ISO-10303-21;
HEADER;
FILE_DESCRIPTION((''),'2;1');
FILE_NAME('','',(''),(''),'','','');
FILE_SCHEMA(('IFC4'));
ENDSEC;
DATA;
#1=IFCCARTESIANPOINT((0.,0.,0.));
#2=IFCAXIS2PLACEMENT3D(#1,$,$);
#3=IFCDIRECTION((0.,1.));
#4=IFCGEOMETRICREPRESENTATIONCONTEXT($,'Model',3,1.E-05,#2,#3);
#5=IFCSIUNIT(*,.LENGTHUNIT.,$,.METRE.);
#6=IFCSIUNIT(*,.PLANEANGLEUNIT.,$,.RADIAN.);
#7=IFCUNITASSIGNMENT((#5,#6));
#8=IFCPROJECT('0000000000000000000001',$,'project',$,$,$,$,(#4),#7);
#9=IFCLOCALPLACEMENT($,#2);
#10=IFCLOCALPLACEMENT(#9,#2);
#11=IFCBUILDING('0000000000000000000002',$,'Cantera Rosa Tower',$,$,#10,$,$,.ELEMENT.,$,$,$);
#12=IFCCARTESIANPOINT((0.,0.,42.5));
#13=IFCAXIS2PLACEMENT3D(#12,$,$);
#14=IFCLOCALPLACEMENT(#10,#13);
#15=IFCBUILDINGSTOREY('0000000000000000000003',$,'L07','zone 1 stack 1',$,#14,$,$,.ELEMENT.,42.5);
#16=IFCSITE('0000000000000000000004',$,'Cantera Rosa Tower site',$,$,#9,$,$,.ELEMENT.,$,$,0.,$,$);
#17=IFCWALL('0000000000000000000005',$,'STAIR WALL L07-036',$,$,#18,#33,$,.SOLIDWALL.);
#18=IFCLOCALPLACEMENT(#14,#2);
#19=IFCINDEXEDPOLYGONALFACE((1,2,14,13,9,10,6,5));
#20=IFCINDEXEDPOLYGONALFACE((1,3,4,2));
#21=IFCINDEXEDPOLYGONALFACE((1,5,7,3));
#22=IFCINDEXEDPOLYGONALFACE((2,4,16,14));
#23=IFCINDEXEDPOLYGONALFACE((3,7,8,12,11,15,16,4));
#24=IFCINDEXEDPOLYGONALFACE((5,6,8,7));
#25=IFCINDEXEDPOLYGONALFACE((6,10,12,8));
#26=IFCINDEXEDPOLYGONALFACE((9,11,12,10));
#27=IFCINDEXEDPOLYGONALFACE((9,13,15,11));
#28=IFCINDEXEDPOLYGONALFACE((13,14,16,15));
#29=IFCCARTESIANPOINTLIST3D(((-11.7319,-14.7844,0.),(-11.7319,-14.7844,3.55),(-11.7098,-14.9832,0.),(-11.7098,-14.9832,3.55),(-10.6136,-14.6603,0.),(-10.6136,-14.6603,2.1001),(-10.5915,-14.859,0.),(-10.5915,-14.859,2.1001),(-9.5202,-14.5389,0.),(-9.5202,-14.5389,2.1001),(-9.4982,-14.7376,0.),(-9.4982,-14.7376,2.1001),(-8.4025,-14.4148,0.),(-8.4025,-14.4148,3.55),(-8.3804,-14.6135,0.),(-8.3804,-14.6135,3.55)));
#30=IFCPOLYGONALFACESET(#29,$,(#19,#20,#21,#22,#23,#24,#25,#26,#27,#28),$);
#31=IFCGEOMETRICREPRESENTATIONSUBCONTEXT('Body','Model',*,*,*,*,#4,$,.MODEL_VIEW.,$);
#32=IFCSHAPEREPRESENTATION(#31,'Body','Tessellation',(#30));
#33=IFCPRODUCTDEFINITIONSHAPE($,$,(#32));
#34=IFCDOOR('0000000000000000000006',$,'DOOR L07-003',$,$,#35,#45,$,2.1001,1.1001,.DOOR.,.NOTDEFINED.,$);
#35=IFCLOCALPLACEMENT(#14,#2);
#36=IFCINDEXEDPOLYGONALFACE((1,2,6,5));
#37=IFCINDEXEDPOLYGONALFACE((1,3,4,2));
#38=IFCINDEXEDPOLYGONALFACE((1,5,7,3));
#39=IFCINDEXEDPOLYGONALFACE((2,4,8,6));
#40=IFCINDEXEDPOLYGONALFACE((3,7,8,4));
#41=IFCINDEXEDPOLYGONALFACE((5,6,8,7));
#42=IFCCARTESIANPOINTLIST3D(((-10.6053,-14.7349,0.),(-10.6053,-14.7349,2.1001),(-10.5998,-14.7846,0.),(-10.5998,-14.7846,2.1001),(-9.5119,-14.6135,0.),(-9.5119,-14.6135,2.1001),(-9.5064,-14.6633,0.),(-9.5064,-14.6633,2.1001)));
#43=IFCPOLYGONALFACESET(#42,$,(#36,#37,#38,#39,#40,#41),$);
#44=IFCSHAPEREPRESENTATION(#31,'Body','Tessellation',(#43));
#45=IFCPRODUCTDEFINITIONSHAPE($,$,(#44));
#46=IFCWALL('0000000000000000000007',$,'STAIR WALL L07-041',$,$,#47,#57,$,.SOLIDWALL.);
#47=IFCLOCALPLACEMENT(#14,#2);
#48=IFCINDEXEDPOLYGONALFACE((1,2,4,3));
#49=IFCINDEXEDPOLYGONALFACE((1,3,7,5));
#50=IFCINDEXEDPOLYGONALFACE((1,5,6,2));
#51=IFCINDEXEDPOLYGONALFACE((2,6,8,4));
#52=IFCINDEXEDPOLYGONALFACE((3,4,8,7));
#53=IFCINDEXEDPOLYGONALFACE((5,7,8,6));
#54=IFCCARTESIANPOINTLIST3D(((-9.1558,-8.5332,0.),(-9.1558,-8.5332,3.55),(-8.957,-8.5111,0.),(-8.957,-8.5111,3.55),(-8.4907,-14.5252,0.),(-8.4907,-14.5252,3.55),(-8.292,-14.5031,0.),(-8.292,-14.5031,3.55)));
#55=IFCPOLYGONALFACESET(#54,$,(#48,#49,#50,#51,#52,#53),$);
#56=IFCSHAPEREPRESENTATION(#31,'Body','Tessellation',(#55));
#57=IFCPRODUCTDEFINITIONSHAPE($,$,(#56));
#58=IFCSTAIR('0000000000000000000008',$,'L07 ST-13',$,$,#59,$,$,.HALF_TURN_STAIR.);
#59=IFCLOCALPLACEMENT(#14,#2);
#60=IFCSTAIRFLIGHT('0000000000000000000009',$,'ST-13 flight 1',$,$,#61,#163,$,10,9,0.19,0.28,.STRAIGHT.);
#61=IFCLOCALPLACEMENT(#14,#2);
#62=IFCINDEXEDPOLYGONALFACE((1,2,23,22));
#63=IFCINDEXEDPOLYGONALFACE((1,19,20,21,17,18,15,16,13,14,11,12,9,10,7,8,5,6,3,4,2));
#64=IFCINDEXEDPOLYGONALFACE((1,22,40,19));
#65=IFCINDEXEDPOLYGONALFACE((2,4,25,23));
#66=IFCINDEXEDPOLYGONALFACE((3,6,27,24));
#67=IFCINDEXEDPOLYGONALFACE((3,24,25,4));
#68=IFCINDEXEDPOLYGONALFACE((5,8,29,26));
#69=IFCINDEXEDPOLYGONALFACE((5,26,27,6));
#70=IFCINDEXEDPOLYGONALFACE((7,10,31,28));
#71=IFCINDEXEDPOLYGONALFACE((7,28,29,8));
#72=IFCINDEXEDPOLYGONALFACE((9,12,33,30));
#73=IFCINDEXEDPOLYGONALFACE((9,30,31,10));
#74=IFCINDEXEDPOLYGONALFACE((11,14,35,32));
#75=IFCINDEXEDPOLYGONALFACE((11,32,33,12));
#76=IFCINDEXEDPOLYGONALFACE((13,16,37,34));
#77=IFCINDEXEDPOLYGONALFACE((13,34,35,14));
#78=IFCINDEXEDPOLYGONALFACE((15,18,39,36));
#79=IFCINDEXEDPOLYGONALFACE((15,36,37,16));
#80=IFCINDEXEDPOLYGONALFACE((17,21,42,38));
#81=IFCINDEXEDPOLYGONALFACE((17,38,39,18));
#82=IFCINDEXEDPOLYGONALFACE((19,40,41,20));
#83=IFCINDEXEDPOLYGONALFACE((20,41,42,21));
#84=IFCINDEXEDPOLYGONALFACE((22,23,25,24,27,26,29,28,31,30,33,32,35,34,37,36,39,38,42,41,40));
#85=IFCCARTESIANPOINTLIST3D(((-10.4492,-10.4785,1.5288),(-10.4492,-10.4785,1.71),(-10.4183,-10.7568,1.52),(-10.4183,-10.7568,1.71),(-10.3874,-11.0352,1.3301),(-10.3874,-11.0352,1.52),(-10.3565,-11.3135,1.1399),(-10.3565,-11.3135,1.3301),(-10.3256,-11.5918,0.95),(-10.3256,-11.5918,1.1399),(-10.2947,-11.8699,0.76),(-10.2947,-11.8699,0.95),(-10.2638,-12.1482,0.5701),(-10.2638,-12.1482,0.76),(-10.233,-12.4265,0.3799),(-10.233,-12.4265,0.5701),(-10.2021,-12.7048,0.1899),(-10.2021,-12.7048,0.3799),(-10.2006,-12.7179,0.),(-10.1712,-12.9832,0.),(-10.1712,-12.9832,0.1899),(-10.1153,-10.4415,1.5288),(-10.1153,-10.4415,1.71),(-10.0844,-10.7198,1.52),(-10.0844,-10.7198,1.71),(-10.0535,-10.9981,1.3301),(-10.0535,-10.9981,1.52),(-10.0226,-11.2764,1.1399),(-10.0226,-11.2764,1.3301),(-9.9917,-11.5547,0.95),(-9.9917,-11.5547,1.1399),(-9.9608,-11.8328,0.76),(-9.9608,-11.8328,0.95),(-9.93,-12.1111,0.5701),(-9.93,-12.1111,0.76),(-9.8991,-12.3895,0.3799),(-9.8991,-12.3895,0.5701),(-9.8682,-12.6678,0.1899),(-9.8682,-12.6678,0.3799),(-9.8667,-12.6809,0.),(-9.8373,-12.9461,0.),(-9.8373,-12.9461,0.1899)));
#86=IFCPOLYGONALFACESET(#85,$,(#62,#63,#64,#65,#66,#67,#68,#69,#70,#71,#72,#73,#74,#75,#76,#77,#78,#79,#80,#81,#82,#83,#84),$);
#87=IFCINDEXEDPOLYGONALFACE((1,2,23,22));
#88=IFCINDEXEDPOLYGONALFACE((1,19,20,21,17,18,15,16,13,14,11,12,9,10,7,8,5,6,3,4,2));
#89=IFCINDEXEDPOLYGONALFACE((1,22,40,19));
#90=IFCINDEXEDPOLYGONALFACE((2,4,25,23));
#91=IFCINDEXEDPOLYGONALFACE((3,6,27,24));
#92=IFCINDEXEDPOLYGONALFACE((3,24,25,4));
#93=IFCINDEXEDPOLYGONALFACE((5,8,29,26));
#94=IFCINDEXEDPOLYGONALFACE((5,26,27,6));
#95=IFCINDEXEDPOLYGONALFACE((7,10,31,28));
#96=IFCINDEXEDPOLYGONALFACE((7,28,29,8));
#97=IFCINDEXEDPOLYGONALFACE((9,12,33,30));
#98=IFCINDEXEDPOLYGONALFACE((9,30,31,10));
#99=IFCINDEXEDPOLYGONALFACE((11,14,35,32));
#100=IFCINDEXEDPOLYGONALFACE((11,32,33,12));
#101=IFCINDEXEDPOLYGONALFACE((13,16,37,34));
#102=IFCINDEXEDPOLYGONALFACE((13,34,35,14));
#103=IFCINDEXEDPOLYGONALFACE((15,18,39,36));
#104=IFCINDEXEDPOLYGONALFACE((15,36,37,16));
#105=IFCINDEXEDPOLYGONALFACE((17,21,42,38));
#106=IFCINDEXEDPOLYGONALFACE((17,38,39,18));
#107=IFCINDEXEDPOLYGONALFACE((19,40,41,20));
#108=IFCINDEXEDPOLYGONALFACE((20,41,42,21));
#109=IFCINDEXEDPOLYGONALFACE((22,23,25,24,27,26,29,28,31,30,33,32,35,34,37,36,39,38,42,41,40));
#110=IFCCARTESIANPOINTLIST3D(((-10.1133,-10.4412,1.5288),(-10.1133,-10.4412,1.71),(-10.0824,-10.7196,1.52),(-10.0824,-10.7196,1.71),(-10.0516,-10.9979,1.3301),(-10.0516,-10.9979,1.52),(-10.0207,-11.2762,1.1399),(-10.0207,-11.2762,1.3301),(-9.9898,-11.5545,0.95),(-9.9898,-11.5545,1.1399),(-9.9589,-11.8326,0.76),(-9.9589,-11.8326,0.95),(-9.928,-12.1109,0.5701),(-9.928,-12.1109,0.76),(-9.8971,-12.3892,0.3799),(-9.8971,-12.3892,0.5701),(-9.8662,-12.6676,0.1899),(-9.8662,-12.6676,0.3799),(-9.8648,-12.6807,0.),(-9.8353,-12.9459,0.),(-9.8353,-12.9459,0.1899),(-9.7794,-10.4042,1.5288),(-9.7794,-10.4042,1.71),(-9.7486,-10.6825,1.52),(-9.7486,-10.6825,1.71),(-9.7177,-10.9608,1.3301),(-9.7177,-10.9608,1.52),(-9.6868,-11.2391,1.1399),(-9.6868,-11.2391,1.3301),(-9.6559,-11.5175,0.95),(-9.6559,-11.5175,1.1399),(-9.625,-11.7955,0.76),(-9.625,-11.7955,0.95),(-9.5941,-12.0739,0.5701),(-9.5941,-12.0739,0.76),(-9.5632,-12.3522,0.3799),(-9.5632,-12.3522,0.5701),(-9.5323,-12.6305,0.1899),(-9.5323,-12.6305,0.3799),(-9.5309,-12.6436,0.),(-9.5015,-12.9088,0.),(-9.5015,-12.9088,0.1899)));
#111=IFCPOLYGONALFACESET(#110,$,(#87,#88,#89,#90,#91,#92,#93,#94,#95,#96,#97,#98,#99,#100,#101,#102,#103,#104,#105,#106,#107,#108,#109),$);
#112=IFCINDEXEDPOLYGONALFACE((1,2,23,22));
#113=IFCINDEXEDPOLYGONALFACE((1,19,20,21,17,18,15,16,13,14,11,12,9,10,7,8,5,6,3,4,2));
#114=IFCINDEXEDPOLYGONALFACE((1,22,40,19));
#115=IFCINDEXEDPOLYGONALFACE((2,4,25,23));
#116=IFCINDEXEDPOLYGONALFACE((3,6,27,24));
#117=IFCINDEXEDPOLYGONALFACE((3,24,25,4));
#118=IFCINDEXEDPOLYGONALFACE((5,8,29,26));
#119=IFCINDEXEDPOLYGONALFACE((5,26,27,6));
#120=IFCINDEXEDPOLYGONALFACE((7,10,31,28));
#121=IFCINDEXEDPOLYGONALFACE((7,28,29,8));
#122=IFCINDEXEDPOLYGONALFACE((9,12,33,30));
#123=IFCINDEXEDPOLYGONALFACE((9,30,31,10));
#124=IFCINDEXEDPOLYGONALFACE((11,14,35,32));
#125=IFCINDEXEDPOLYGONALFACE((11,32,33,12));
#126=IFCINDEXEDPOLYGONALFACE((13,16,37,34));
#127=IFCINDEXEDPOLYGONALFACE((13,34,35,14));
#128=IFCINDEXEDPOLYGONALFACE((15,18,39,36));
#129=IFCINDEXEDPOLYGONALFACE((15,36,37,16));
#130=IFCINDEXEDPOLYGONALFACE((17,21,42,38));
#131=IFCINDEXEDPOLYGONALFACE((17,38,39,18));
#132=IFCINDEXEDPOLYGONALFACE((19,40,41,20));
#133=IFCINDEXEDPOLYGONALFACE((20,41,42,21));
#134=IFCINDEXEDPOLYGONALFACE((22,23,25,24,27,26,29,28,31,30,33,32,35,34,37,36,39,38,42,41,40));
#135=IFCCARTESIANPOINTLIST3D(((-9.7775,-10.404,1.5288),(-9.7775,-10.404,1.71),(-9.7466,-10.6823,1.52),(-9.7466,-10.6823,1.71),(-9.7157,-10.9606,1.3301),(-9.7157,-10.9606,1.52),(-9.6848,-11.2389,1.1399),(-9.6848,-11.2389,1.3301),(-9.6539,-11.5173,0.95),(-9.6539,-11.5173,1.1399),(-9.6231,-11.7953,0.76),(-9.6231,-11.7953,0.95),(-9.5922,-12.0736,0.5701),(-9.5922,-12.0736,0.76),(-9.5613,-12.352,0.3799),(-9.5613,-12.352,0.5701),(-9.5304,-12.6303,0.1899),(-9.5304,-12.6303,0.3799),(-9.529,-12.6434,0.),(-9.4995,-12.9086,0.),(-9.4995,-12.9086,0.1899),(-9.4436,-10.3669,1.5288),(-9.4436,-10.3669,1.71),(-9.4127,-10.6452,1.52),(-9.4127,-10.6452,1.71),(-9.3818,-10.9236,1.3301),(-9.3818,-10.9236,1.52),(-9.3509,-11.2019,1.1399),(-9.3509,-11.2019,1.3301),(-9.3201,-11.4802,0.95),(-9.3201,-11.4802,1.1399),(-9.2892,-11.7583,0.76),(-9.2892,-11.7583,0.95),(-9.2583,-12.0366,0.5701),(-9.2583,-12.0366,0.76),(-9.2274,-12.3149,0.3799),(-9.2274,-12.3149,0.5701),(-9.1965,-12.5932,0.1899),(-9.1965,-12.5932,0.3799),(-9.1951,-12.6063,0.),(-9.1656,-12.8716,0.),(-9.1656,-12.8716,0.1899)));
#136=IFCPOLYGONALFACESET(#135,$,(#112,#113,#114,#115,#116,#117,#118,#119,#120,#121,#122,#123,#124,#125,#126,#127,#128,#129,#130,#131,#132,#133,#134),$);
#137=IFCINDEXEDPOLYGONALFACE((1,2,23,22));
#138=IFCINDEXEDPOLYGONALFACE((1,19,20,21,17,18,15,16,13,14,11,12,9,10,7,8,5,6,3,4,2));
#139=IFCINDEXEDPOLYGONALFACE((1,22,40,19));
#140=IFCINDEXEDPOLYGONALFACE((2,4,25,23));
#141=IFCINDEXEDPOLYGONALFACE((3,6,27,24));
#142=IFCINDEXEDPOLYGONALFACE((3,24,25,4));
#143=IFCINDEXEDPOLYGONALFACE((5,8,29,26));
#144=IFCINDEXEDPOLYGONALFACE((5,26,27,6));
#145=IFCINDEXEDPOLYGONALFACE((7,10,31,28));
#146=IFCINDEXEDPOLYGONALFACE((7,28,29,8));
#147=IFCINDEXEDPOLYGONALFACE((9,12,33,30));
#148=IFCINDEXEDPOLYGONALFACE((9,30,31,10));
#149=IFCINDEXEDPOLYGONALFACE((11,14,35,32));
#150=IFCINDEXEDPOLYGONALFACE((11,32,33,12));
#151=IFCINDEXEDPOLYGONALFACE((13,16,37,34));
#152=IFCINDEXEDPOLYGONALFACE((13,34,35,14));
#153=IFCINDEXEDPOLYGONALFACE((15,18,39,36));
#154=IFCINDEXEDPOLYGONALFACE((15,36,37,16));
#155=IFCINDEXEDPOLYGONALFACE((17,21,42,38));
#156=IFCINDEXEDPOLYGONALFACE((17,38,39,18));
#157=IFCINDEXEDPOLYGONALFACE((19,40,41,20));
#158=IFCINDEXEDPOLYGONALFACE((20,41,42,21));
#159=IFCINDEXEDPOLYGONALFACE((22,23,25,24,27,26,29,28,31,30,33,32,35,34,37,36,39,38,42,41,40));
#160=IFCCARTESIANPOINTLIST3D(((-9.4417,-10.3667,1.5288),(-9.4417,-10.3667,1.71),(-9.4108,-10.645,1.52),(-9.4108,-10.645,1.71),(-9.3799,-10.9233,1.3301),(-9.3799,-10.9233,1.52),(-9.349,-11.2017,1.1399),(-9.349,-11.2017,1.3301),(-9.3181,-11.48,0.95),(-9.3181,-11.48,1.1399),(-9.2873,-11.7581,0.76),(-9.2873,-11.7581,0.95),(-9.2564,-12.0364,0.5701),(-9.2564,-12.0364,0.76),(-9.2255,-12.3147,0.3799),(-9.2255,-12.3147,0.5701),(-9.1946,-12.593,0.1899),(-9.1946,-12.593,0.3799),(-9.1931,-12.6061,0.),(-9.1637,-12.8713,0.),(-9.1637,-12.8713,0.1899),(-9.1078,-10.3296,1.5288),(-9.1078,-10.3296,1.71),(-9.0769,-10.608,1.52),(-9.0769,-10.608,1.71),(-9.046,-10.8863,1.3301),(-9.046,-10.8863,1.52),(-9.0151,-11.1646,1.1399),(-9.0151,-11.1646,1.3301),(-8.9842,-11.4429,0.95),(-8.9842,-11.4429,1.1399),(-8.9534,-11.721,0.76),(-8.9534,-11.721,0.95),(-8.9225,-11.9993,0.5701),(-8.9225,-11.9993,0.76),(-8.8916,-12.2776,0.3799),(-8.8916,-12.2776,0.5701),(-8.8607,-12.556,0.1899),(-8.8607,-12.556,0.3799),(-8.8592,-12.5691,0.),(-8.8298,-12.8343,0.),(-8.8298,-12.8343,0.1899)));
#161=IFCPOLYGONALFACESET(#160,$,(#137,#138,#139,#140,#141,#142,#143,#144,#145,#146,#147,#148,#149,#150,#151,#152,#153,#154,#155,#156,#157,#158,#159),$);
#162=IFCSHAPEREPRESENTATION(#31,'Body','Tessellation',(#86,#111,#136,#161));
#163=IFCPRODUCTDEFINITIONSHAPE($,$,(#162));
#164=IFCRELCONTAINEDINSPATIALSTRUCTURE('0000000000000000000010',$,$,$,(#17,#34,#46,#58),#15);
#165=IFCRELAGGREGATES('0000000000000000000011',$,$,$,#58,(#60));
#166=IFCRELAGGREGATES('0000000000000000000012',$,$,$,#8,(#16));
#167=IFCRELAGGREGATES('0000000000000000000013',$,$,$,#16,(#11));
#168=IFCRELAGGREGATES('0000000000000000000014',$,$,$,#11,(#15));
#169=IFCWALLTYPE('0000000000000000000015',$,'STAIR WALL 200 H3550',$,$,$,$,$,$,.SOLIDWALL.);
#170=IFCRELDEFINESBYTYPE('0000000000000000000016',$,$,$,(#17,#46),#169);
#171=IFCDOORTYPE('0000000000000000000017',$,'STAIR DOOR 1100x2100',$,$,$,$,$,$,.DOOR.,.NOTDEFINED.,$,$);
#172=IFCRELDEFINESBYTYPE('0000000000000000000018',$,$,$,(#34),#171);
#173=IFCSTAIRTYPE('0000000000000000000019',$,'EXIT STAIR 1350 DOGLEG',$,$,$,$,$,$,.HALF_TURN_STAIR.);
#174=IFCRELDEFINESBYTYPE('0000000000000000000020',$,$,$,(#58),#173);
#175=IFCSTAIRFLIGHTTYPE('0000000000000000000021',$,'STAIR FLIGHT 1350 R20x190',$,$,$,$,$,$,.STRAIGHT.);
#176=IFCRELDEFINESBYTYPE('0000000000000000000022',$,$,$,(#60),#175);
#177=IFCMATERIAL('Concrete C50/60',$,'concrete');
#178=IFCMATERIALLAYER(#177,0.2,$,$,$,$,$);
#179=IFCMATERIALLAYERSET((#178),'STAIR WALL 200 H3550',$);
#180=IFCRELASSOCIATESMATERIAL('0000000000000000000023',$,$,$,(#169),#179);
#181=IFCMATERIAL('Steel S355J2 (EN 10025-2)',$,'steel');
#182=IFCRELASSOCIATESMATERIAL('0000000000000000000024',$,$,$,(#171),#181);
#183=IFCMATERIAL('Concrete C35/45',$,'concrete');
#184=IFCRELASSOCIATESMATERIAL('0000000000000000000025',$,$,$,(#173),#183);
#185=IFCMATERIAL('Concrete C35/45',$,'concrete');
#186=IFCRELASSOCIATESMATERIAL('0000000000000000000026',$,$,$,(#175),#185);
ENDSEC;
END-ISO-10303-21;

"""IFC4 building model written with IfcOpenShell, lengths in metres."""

from ifc_helpers import new_model, si_unit, direction, frame, frame_2d, origin, place, context, subcontext, project, spatial, polyline, rectangle, outline, extrude, material, layer, layer_set, type_object, element, fill, aggregate, save


model = new_model("IFC4")

# Units and contexts
model_context = context("Model", 3, precision=1e-05, world=origin(), true_north=direction((0.0, 1.0)))
body_context = subcontext(model_context, "Body", "Model", "MODEL_VIEW")
ifc_project = project(units=[si_unit("LENGTHUNIT", "METRE"), si_unit("PLANEANGLEUNIT", "RADIAN")], contexts=[model_context])

# Site, building, storey
site_placement = place(None, origin())
site = spatial("IfcSite", under=ifc_project, at=site_placement, Name="Cantera Rosa Tower site", CompositionType="ELEMENT", RefElevation=0.0)
building_placement = place(site_placement, origin())
building = spatial("IfcBuilding", under=site, at=building_placement, Name="Cantera Rosa Tower", CompositionType="ELEMENT")
storey_placement = place(building_placement, frame((0.0, 0.0, 42.5)))
storey = spatial("IfcBuildingStorey", under=building, at=storey_placement, Name="L07", Description="zone 1 stack 1", CompositionType="ELEMENT", Elevation=42.5)

# Wall, opening, door
ifc_material_1 = material(Name="Concrete C50/60", Category="concrete")
ifc_layer_1 = layer(ifc_material_1, 0.2)
ifc_layer_set_1 = layer_set([ifc_layer_1], Name="STAIR WALL 200 H3550")
wall_type_1 = type_object("IfcWallType", Name="STAIR WALL 200 H3550", PredefinedType="SOLIDWALL", material=ifc_layer_set_1)
wall_1_placement = place(storey_placement, frame((-11.7207, -14.8838, 0.0), z_axis=(0.0, 0.0, 1.0), x_axis=(0.993894, 0.110344, 0.0)))
wall_1 = element("IfcWall", 1, at=wall_1_placement, inside=storey, type_object=wall_type_1, Name="STAIR WALL L07-036", PredefinedType="SOLIDWALL", context=body_context, shape_type="SweptSolid", body=[
    extrude(rectangle(XDim=3.3499, YDim=0.2, at=frame_2d((1.6748, 0.0))), origin(), (0.0, 0.0, 1.0), 3.55),
])
opening_1_placement = place(wall_1_placement, frame((1.125, 0.0, 0.0)))
opening_1 = element("IfcOpeningElement", 2, at=opening_1_placement, cuts=wall_1, PredefinedType="OPENING", context=body_context, shape_type="SweptSolid", body=[
    extrude(rectangle(XDim=1.1001, YDim=2.1001, at=frame_2d((0.55, 1.05))), frame((0.0, 0.1099, 0.0), z_axis=(0.0, -1.0, 0.0), x_axis=(1.0, 0.0, 0.0)), (0.0, 0.0, 1.0), 0.22),
])
ifc_material_2 = material(Name="Steel S355J2 (EN 10025-2)", Category="steel")
door_type_1 = type_object("IfcDoorType", Name="STAIR DOOR 1100x2100", OperationType="NOTDEFINED", PredefinedType="DOOR", material=ifc_material_2)
door_1_placement = place(opening_1_placement, origin())
door_1 = element("IfcDoor", 3, at=door_1_placement, inside=storey, type_object=door_type_1, Name="DOOR L07-003", OperationType="NOTDEFINED", OverallHeight=2.1001, OverallWidth=1.1001, PredefinedType="DOOR", context=body_context, shape_type="SweptSolid", body=[
    extrude(rectangle(XDim=1.1001, YDim=2.1001, at=frame_2d((0.55, 1.05))), frame((0.0, 0.0249, 0.0), z_axis=(0.0, -1.0, 0.0), x_axis=(1.0, 0.0, 0.0)), (0.0, 0.0, 1.0), 0.05),
])
fill(opening_1, door_1)

# Wall
wall_2_placement = place(storey_placement, frame((-8.3914, -14.5142, 0.0), z_axis=(0.0, 0.0, 1.0), x_axis=(-0.110312, 0.993897, 0.0)))
element("IfcWall", 4, at=wall_2_placement, inside=storey, type_object=wall_type_1, Name="STAIR WALL L07-041", PredefinedType="SOLIDWALL", context=body_context, shape_type="SweptSolid", body=[
    extrude(rectangle(XDim=6.0288, YDim=0.2, at=frame_2d((3.0144, 0.0))), origin(), (0.0, 0.0, 1.0), 3.55),
])

# Stair, stair flight
ifc_material_3 = material(Name="Concrete C35/45", Category="concrete")
stair_type = type_object("IfcStairType", Name="EXIT STAIR 1350 DOGLEG", PredefinedType="HALF_TURN_STAIR", material=ifc_material_3)
stair_placement = place(storey_placement, origin())
stair = element("IfcStair", 5, at=stair_placement, inside=storey, type_object=stair_type, Name="L07 ST-13", PredefinedType="HALF_TURN_STAIR")
ifc_material_4 = material(Name="Concrete C35/45", Category="concrete")
stair_flight_type = type_object("IfcStairFlightType", Name="STAIR FLIGHT 1350 R20x190", PredefinedType="STRAIGHT", material=ifc_material_4)
stair_flight_placement = place(storey_placement, frame((-9.5002, -12.9087, 0.0), z_axis=(0.0, 0.0, 1.0), x_axis=(-0.110313, 0.993897, 0.0)))
stair_flight = element("IfcStairFlight", 6, at=stair_flight_placement, type_object=stair_flight_type, Name="ST-13 flight 1", NumberOfRisers=10, NumberOfTreads=9, PredefinedType="STRAIGHT", RiserHeight=0.19, TreadLength=0.28, context=body_context, shape_type="SweptSolid", body=[
    extrude(outline(polyline([(0.0, 0.0), (0.0, 0.1899), (0.28, 0.1899), (0.28, 0.3799), (0.5601, 0.3799), (0.5601, 0.5701), (0.8401, 0.5701), (0.8401, 0.76), (1.1201, 0.76), (1.1201, 0.95), (1.3999, 0.95), (1.3999, 1.1399), (1.6799, 1.1399), (1.6799, 1.3301), (1.96, 1.3301), (1.96, 1.52), (2.24, 1.52), (2.24, 1.71), (2.52, 1.71), (2.52, 1.8999), (2.52, 1.5288), (0.2668, 0.0), (0.0, 0.0)])), frame((0.0, 0.675, 0.0), z_axis=(0.0, -1.0, 0.0), x_axis=(1.0, 0.0, 0.0)), (0.0, 0.0, 1.0), 0.3359),
    extrude(outline(polyline([(0.0, 0.0), (0.0, 0.1899), (0.28, 0.1899), (0.28, 0.3799), (0.5601, 0.3799), (0.5601, 0.5701), (0.8401, 0.5701), (0.8401, 0.76), (1.1201, 0.76), (1.1201, 0.95), (1.3999, 0.95), (1.3999, 1.1399), (1.6799, 1.1399), (1.6799, 1.3301), (1.96, 1.3301), (1.96, 1.52), (2.24, 1.52), (2.24, 1.71), (2.52, 1.71), (2.52, 1.8999), (2.52, 1.5288), (0.2668, 0.0), (0.0, 0.0)])), frame((0.0, 0.3372, 0.0), z_axis=(0.0, -1.0, 0.0), x_axis=(1.0, 0.0, 0.0)), (0.0, 0.0, 1.0), 0.3359),
    extrude(outline(polyline([(0.0, 0.0), (0.0, 0.1899), (0.28, 0.1899), (0.28, 0.3799), (0.5601, 0.3799), (0.5601, 0.5701), (0.8401, 0.5701), (0.8401, 0.76), (1.1201, 0.76), (1.1201, 0.95), (1.3999, 0.95), (1.3999, 1.1399), (1.6799, 1.1399), (1.6799, 1.3301), (1.96, 1.3301), (1.96, 1.52), (2.24, 1.52), (2.24, 1.71), (2.52, 1.71), (2.52, 1.8999), (2.52, 1.5288), (0.2668, 0.0), (0.0, 0.0)])), frame((0.0, -0.0007, 0.0), z_axis=(0.0, -1.0, 0.0), x_axis=(1.0, 0.0, 0.0)), (0.0, 0.0, 1.0), 0.3359),
    extrude(outline(polyline([(0.0, 0.0), (0.0, 0.1899), (0.28, 0.1899), (0.28, 0.3799), (0.5601, 0.3799), (0.5601, 0.5701), (0.8401, 0.5701), (0.8401, 0.76), (1.1201, 0.76), (1.1201, 0.95), (1.3999, 0.95), (1.3999, 1.1399), (1.6799, 1.1399), (1.6799, 1.3301), (1.96, 1.3301), (1.96, 1.52), (2.24, 1.52), (2.24, 1.71), (2.52, 1.71), (2.52, 1.8999), (2.52, 1.5288), (0.2668, 0.0), (0.0, 0.0)])), frame((0.0, -0.3386, 0.0), z_axis=(0.0, -1.0, 0.0), x_axis=(1.0, 0.0, 0.0)), (0.0, 0.0, 1.0), 0.3359),
])
aggregate(stair, [stair_flight])

save(model, "model.ifc")
